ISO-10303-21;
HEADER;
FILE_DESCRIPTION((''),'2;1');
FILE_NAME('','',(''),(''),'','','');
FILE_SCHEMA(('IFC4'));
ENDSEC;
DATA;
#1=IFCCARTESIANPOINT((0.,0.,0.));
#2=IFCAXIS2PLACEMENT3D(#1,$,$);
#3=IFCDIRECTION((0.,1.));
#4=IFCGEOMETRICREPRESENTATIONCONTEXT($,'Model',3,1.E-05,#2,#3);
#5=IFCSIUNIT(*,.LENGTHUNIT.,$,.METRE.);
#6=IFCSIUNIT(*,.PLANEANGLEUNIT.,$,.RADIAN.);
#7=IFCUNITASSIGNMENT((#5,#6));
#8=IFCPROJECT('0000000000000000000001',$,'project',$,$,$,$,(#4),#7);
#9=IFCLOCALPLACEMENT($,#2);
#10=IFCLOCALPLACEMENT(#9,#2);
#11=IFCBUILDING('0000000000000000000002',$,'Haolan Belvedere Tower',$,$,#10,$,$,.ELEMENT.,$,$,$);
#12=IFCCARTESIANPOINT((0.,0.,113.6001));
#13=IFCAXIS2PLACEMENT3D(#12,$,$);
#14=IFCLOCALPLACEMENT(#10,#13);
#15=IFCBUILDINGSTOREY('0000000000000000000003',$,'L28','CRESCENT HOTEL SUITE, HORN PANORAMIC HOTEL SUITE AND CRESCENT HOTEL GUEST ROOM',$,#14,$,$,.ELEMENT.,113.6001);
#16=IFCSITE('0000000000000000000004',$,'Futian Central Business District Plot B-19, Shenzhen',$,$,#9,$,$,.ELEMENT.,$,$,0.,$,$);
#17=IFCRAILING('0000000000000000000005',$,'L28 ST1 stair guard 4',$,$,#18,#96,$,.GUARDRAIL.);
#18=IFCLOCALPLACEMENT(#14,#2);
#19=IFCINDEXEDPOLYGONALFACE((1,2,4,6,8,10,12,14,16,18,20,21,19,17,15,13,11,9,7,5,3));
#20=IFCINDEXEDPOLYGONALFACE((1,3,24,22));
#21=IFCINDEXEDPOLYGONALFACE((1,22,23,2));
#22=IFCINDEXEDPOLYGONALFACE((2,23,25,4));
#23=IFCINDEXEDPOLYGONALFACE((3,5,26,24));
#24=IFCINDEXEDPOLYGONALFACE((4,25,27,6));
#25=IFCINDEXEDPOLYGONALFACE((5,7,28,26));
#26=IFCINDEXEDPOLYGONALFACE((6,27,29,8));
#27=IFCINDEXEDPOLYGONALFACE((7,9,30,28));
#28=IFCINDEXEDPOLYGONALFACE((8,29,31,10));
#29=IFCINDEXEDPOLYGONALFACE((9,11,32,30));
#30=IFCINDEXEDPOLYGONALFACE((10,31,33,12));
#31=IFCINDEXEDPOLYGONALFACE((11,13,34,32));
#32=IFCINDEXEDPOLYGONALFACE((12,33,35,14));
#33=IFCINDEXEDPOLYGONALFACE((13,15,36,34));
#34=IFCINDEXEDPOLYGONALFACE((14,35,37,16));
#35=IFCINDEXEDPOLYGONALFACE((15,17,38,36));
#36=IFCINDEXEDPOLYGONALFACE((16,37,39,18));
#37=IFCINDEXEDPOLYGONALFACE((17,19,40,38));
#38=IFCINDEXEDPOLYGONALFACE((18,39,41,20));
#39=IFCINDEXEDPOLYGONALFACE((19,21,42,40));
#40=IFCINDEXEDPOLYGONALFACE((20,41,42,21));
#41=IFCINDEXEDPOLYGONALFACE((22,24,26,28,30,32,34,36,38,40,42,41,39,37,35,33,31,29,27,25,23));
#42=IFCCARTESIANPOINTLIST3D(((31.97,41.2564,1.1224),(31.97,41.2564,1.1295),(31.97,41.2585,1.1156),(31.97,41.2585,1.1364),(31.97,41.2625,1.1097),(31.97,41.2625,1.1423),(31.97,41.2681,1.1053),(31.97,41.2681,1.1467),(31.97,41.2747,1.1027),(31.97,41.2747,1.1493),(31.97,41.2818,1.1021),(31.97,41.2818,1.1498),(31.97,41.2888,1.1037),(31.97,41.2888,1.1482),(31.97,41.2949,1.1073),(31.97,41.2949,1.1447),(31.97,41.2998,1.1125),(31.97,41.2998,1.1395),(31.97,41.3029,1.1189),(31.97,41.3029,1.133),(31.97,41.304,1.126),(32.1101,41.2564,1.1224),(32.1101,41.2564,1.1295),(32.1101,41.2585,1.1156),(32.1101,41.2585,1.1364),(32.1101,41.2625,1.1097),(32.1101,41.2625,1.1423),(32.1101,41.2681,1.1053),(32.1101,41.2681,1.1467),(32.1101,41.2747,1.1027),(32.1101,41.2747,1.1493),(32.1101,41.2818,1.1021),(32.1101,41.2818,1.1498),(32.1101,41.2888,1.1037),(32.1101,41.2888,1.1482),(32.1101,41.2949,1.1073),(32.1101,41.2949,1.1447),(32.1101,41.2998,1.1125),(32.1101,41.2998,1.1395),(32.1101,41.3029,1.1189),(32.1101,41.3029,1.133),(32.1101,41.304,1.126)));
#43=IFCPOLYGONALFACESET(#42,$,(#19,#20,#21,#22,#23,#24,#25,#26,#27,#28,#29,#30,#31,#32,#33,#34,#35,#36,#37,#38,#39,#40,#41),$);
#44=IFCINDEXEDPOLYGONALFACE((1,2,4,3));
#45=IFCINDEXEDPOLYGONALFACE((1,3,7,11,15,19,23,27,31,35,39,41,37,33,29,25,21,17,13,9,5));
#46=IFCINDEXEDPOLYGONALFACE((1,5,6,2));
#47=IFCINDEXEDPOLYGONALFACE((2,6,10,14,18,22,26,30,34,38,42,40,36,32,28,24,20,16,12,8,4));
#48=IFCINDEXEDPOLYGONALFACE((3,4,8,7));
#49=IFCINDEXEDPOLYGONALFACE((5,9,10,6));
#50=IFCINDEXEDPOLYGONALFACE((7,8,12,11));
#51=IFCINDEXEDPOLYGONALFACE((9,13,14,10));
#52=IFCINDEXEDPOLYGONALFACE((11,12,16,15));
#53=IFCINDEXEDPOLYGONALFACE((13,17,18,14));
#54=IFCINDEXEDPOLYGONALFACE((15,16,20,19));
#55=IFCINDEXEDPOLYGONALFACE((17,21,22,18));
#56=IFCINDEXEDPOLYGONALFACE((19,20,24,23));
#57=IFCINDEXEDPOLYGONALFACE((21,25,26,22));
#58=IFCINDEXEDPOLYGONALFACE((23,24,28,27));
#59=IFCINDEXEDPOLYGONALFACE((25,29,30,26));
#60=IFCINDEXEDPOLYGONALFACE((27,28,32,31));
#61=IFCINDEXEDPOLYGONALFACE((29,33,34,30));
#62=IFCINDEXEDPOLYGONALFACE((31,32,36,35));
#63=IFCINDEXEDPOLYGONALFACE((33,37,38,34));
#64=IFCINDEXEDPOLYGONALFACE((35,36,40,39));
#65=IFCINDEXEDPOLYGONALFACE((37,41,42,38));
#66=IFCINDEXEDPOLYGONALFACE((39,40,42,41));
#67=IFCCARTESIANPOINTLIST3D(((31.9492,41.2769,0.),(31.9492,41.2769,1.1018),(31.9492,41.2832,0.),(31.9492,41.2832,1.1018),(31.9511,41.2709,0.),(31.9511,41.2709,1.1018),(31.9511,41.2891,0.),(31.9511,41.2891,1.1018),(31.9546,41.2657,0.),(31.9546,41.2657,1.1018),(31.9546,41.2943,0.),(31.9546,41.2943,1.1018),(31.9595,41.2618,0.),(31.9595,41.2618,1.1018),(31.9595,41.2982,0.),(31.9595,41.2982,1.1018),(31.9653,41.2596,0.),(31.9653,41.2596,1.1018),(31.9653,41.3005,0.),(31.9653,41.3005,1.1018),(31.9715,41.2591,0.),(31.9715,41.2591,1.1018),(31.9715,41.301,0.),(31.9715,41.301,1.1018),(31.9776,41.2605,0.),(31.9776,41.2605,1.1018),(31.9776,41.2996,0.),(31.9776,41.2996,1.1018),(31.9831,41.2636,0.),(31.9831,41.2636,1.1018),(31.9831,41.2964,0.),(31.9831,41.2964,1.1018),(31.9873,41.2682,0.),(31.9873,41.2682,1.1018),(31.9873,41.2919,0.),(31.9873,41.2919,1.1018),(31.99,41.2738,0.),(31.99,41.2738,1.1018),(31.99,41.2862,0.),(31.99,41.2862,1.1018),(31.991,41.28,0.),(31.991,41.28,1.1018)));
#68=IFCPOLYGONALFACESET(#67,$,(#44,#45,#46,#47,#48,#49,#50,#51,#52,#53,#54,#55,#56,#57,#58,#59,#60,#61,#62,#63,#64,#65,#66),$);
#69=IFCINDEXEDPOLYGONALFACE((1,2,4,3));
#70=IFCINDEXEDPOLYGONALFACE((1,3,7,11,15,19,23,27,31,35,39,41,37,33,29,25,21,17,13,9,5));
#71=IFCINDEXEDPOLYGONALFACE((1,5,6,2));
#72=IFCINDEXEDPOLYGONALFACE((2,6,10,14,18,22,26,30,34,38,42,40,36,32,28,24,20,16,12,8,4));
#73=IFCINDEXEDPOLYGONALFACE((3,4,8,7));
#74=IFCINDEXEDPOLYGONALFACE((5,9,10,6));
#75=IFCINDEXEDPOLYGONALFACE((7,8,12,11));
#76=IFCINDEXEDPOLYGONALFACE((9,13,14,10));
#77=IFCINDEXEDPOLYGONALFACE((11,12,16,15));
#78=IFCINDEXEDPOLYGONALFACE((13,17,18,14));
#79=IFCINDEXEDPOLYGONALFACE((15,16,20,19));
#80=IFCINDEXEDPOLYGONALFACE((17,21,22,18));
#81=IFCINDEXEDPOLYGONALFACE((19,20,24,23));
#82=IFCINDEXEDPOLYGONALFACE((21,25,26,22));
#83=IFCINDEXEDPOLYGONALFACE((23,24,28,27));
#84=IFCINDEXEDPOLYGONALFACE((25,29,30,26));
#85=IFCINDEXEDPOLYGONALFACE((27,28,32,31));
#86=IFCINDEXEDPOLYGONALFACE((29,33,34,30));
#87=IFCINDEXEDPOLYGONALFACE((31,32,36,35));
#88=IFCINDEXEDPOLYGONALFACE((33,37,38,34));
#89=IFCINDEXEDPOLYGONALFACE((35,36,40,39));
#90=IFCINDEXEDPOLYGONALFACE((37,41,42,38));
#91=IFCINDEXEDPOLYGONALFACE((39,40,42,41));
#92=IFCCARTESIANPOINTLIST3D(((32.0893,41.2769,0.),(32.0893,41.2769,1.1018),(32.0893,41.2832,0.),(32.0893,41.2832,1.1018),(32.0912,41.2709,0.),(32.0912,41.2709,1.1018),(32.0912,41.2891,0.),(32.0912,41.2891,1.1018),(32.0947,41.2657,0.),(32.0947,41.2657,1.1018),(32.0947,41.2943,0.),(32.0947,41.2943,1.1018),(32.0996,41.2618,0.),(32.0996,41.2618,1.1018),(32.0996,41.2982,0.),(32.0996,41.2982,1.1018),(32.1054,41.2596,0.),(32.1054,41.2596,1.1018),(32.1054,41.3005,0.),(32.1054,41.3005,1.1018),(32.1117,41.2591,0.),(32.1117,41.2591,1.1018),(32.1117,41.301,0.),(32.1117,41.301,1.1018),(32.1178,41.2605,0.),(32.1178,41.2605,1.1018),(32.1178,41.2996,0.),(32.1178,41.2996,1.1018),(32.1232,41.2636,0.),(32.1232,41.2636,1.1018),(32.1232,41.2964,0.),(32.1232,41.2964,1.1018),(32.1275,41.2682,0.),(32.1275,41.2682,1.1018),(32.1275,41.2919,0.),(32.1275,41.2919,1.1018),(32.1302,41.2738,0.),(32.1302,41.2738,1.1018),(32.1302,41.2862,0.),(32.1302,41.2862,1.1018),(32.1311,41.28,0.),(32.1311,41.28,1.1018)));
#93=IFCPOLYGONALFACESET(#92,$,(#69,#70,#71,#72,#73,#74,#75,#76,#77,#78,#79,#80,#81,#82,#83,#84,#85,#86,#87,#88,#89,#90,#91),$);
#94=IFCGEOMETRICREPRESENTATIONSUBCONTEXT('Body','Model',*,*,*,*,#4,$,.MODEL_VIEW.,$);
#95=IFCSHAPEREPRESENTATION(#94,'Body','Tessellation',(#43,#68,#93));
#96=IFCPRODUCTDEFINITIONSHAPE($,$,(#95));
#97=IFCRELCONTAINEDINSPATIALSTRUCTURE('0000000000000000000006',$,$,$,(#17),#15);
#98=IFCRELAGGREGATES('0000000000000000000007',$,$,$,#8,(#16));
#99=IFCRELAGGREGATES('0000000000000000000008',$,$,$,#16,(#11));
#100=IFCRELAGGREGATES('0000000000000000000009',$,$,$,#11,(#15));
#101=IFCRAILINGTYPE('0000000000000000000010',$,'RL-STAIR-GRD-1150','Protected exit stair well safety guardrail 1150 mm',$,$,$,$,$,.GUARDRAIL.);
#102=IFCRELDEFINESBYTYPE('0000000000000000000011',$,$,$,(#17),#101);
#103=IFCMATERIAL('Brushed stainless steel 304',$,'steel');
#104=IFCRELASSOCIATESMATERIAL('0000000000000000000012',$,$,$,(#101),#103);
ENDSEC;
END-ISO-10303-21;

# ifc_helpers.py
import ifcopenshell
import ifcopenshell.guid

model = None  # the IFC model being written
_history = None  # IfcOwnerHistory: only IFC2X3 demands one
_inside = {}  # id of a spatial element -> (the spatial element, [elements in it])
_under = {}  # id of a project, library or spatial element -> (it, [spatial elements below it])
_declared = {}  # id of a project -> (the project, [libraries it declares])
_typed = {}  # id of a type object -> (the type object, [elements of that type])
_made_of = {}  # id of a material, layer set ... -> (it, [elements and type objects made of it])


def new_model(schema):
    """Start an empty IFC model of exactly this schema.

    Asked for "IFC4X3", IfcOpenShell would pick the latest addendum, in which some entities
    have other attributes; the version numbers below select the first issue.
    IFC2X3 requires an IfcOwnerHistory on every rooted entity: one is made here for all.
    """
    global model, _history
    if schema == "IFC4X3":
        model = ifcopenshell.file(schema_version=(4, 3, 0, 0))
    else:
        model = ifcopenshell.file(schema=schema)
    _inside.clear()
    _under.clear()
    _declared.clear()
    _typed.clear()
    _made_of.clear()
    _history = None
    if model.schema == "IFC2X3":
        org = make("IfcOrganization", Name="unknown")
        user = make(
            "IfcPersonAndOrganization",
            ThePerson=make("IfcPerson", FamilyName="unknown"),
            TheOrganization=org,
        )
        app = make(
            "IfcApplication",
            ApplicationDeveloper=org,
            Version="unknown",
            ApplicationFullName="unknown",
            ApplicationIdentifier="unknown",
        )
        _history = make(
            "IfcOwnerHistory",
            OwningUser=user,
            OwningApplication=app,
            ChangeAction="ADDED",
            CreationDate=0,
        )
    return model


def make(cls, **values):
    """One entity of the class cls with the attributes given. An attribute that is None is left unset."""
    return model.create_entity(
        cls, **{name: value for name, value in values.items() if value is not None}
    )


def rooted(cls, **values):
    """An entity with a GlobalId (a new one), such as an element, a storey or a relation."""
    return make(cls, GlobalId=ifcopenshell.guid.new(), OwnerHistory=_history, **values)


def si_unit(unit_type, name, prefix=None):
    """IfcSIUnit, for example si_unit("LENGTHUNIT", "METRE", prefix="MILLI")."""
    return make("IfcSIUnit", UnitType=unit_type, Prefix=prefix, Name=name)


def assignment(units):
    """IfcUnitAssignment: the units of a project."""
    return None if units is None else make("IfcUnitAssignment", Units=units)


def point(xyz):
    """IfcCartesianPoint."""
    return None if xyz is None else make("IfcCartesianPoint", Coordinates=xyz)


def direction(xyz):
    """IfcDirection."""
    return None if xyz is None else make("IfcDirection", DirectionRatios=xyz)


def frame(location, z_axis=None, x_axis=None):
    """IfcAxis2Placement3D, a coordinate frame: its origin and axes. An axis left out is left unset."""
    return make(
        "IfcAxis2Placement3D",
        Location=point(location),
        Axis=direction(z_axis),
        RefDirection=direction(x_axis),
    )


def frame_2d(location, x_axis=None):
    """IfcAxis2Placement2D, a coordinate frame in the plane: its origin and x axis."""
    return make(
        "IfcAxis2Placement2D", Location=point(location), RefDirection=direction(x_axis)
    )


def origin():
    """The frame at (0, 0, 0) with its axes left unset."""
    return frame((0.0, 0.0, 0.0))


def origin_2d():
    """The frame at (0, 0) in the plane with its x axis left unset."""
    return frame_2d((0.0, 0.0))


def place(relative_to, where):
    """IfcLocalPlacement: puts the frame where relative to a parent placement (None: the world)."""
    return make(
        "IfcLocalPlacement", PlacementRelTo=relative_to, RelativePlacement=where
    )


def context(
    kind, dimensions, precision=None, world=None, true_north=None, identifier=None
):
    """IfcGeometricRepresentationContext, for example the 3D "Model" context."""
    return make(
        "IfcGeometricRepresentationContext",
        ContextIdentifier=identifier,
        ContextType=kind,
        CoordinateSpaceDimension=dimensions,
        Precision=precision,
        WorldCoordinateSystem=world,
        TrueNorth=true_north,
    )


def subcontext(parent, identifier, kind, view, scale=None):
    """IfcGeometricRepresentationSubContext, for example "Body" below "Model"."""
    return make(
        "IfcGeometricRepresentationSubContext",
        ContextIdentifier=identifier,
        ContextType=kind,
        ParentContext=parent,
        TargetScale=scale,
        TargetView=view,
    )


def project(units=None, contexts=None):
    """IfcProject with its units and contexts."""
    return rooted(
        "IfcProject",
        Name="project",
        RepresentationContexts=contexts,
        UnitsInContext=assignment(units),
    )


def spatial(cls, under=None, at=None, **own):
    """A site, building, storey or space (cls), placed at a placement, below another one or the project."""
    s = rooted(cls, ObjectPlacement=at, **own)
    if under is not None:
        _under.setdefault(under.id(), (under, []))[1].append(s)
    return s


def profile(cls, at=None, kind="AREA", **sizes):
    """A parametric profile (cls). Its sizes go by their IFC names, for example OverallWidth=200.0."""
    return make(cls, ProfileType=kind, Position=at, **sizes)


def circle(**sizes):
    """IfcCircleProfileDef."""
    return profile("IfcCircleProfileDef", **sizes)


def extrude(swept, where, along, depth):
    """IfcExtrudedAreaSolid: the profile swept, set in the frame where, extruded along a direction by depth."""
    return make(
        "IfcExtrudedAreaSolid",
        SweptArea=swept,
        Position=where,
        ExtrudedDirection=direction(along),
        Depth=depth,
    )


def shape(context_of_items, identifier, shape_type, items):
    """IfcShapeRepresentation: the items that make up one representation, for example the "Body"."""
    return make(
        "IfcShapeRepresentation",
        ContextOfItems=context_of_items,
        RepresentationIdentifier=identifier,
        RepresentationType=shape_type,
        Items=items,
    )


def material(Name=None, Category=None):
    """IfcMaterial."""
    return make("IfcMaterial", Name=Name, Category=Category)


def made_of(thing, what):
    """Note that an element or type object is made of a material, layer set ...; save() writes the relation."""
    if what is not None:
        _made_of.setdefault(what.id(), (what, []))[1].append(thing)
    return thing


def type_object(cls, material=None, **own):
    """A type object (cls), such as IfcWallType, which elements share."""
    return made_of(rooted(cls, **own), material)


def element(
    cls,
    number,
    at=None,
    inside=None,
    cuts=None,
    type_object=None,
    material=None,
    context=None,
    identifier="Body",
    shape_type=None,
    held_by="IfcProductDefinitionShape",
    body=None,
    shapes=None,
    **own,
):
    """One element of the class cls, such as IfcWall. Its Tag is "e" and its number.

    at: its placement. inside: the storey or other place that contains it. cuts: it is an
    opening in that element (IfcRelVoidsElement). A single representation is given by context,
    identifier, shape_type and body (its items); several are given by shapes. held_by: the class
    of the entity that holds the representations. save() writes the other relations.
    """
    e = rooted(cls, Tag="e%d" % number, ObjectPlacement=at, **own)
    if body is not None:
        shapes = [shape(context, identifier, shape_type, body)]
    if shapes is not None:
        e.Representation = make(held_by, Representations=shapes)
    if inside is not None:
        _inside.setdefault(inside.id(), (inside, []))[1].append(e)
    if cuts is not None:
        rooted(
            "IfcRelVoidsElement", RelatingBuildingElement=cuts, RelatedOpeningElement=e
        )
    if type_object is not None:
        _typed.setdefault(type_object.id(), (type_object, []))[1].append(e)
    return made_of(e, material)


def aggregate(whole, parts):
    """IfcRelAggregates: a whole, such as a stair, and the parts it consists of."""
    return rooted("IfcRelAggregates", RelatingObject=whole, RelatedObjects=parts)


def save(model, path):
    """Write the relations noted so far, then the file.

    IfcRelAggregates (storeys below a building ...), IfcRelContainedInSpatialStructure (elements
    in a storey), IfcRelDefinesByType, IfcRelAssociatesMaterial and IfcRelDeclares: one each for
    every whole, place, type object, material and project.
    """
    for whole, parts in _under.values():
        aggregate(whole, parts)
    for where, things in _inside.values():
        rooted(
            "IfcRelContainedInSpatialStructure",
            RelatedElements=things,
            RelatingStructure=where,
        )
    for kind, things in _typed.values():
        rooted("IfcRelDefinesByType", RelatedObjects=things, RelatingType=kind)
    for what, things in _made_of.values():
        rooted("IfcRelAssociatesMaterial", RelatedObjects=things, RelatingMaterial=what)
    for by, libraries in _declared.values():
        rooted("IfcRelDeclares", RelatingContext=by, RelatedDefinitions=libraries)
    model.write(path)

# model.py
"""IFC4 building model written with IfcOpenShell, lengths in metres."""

from ifc_helpers import new_model, si_unit, direction, frame, origin, origin_2d, place, context, subcontext, project, spatial, circle, extrude, material, type_object, element, save


model = new_model("IFC4")

# Units and contexts
model_context = context("Model", 3, precision=1e-05, world=origin(), true_north=direction((0.0, 1.0)))
body_context = subcontext(model_context, "Body", "Model", "MODEL_VIEW")
ifc_project = project(units=[si_unit("LENGTHUNIT", "METRE"), si_unit("PLANEANGLEUNIT", "RADIAN")], contexts=[model_context])

# Site, building, storey
site_placement = place(None, origin())
site = spatial("IfcSite", under=ifc_project, at=site_placement, Name="Futian Central Business District Plot B-19, Shenzhen", CompositionType="ELEMENT", RefElevation=0.0)
building_placement = place(site_placement, origin())
building = spatial("IfcBuilding", under=site, at=building_placement, Name="Haolan Belvedere Tower", CompositionType="ELEMENT")
storey_placement = place(building_placement, frame((0.0, 0.0, 113.6001)))
storey = spatial("IfcBuildingStorey", under=building, at=storey_placement, Name="L28", Description="CRESCENT HOTEL SUITE, HORN PANORAMIC HOTEL SUITE AND CRESCENT HOTEL GUEST ROOM", CompositionType="ELEMENT", Elevation=113.6001)

# Railing
ifc_material_1 = material(Name="Brushed stainless steel 304", Category="steel")
railing_type = type_object("IfcRailingType", Name="RL-STAIR-GRD-1150", Description="Protected exit stair well safety guardrail 1150 mm", PredefinedType="GUARDRAIL", material=ifc_material_1)
railing_1_placement = place(storey_placement, frame((31.97, 41.28, 0.0)))
element("IfcRailing", 1, at=railing_1_placement, inside=storey, type_object=railing_type, Name="L28 ST1 stair guard 4", PredefinedType="GUARDRAIL", context=body_context, shape_type="SweptSolid", body=[
    extrude(circle(Radius=0.0239, at=origin_2d()), frame((0.0, 0.0, 1.126), z_axis=(1.0, 0.0, 0.0), x_axis=(0.0, 1.0, 0.0)), (0.0, 0.0, 1.0), 0.1401),
    extrude(circle(Radius=0.021, at=origin_2d()), origin(), (0.0, 0.0, 1.0), 1.1018),
    extrude(circle(Radius=0.021, at=origin_2d()), frame((0.1401, 0.0, 0.0)), (0.0, 0.0, 1.0), 1.1018),
])

save(model, "model.ifc")
